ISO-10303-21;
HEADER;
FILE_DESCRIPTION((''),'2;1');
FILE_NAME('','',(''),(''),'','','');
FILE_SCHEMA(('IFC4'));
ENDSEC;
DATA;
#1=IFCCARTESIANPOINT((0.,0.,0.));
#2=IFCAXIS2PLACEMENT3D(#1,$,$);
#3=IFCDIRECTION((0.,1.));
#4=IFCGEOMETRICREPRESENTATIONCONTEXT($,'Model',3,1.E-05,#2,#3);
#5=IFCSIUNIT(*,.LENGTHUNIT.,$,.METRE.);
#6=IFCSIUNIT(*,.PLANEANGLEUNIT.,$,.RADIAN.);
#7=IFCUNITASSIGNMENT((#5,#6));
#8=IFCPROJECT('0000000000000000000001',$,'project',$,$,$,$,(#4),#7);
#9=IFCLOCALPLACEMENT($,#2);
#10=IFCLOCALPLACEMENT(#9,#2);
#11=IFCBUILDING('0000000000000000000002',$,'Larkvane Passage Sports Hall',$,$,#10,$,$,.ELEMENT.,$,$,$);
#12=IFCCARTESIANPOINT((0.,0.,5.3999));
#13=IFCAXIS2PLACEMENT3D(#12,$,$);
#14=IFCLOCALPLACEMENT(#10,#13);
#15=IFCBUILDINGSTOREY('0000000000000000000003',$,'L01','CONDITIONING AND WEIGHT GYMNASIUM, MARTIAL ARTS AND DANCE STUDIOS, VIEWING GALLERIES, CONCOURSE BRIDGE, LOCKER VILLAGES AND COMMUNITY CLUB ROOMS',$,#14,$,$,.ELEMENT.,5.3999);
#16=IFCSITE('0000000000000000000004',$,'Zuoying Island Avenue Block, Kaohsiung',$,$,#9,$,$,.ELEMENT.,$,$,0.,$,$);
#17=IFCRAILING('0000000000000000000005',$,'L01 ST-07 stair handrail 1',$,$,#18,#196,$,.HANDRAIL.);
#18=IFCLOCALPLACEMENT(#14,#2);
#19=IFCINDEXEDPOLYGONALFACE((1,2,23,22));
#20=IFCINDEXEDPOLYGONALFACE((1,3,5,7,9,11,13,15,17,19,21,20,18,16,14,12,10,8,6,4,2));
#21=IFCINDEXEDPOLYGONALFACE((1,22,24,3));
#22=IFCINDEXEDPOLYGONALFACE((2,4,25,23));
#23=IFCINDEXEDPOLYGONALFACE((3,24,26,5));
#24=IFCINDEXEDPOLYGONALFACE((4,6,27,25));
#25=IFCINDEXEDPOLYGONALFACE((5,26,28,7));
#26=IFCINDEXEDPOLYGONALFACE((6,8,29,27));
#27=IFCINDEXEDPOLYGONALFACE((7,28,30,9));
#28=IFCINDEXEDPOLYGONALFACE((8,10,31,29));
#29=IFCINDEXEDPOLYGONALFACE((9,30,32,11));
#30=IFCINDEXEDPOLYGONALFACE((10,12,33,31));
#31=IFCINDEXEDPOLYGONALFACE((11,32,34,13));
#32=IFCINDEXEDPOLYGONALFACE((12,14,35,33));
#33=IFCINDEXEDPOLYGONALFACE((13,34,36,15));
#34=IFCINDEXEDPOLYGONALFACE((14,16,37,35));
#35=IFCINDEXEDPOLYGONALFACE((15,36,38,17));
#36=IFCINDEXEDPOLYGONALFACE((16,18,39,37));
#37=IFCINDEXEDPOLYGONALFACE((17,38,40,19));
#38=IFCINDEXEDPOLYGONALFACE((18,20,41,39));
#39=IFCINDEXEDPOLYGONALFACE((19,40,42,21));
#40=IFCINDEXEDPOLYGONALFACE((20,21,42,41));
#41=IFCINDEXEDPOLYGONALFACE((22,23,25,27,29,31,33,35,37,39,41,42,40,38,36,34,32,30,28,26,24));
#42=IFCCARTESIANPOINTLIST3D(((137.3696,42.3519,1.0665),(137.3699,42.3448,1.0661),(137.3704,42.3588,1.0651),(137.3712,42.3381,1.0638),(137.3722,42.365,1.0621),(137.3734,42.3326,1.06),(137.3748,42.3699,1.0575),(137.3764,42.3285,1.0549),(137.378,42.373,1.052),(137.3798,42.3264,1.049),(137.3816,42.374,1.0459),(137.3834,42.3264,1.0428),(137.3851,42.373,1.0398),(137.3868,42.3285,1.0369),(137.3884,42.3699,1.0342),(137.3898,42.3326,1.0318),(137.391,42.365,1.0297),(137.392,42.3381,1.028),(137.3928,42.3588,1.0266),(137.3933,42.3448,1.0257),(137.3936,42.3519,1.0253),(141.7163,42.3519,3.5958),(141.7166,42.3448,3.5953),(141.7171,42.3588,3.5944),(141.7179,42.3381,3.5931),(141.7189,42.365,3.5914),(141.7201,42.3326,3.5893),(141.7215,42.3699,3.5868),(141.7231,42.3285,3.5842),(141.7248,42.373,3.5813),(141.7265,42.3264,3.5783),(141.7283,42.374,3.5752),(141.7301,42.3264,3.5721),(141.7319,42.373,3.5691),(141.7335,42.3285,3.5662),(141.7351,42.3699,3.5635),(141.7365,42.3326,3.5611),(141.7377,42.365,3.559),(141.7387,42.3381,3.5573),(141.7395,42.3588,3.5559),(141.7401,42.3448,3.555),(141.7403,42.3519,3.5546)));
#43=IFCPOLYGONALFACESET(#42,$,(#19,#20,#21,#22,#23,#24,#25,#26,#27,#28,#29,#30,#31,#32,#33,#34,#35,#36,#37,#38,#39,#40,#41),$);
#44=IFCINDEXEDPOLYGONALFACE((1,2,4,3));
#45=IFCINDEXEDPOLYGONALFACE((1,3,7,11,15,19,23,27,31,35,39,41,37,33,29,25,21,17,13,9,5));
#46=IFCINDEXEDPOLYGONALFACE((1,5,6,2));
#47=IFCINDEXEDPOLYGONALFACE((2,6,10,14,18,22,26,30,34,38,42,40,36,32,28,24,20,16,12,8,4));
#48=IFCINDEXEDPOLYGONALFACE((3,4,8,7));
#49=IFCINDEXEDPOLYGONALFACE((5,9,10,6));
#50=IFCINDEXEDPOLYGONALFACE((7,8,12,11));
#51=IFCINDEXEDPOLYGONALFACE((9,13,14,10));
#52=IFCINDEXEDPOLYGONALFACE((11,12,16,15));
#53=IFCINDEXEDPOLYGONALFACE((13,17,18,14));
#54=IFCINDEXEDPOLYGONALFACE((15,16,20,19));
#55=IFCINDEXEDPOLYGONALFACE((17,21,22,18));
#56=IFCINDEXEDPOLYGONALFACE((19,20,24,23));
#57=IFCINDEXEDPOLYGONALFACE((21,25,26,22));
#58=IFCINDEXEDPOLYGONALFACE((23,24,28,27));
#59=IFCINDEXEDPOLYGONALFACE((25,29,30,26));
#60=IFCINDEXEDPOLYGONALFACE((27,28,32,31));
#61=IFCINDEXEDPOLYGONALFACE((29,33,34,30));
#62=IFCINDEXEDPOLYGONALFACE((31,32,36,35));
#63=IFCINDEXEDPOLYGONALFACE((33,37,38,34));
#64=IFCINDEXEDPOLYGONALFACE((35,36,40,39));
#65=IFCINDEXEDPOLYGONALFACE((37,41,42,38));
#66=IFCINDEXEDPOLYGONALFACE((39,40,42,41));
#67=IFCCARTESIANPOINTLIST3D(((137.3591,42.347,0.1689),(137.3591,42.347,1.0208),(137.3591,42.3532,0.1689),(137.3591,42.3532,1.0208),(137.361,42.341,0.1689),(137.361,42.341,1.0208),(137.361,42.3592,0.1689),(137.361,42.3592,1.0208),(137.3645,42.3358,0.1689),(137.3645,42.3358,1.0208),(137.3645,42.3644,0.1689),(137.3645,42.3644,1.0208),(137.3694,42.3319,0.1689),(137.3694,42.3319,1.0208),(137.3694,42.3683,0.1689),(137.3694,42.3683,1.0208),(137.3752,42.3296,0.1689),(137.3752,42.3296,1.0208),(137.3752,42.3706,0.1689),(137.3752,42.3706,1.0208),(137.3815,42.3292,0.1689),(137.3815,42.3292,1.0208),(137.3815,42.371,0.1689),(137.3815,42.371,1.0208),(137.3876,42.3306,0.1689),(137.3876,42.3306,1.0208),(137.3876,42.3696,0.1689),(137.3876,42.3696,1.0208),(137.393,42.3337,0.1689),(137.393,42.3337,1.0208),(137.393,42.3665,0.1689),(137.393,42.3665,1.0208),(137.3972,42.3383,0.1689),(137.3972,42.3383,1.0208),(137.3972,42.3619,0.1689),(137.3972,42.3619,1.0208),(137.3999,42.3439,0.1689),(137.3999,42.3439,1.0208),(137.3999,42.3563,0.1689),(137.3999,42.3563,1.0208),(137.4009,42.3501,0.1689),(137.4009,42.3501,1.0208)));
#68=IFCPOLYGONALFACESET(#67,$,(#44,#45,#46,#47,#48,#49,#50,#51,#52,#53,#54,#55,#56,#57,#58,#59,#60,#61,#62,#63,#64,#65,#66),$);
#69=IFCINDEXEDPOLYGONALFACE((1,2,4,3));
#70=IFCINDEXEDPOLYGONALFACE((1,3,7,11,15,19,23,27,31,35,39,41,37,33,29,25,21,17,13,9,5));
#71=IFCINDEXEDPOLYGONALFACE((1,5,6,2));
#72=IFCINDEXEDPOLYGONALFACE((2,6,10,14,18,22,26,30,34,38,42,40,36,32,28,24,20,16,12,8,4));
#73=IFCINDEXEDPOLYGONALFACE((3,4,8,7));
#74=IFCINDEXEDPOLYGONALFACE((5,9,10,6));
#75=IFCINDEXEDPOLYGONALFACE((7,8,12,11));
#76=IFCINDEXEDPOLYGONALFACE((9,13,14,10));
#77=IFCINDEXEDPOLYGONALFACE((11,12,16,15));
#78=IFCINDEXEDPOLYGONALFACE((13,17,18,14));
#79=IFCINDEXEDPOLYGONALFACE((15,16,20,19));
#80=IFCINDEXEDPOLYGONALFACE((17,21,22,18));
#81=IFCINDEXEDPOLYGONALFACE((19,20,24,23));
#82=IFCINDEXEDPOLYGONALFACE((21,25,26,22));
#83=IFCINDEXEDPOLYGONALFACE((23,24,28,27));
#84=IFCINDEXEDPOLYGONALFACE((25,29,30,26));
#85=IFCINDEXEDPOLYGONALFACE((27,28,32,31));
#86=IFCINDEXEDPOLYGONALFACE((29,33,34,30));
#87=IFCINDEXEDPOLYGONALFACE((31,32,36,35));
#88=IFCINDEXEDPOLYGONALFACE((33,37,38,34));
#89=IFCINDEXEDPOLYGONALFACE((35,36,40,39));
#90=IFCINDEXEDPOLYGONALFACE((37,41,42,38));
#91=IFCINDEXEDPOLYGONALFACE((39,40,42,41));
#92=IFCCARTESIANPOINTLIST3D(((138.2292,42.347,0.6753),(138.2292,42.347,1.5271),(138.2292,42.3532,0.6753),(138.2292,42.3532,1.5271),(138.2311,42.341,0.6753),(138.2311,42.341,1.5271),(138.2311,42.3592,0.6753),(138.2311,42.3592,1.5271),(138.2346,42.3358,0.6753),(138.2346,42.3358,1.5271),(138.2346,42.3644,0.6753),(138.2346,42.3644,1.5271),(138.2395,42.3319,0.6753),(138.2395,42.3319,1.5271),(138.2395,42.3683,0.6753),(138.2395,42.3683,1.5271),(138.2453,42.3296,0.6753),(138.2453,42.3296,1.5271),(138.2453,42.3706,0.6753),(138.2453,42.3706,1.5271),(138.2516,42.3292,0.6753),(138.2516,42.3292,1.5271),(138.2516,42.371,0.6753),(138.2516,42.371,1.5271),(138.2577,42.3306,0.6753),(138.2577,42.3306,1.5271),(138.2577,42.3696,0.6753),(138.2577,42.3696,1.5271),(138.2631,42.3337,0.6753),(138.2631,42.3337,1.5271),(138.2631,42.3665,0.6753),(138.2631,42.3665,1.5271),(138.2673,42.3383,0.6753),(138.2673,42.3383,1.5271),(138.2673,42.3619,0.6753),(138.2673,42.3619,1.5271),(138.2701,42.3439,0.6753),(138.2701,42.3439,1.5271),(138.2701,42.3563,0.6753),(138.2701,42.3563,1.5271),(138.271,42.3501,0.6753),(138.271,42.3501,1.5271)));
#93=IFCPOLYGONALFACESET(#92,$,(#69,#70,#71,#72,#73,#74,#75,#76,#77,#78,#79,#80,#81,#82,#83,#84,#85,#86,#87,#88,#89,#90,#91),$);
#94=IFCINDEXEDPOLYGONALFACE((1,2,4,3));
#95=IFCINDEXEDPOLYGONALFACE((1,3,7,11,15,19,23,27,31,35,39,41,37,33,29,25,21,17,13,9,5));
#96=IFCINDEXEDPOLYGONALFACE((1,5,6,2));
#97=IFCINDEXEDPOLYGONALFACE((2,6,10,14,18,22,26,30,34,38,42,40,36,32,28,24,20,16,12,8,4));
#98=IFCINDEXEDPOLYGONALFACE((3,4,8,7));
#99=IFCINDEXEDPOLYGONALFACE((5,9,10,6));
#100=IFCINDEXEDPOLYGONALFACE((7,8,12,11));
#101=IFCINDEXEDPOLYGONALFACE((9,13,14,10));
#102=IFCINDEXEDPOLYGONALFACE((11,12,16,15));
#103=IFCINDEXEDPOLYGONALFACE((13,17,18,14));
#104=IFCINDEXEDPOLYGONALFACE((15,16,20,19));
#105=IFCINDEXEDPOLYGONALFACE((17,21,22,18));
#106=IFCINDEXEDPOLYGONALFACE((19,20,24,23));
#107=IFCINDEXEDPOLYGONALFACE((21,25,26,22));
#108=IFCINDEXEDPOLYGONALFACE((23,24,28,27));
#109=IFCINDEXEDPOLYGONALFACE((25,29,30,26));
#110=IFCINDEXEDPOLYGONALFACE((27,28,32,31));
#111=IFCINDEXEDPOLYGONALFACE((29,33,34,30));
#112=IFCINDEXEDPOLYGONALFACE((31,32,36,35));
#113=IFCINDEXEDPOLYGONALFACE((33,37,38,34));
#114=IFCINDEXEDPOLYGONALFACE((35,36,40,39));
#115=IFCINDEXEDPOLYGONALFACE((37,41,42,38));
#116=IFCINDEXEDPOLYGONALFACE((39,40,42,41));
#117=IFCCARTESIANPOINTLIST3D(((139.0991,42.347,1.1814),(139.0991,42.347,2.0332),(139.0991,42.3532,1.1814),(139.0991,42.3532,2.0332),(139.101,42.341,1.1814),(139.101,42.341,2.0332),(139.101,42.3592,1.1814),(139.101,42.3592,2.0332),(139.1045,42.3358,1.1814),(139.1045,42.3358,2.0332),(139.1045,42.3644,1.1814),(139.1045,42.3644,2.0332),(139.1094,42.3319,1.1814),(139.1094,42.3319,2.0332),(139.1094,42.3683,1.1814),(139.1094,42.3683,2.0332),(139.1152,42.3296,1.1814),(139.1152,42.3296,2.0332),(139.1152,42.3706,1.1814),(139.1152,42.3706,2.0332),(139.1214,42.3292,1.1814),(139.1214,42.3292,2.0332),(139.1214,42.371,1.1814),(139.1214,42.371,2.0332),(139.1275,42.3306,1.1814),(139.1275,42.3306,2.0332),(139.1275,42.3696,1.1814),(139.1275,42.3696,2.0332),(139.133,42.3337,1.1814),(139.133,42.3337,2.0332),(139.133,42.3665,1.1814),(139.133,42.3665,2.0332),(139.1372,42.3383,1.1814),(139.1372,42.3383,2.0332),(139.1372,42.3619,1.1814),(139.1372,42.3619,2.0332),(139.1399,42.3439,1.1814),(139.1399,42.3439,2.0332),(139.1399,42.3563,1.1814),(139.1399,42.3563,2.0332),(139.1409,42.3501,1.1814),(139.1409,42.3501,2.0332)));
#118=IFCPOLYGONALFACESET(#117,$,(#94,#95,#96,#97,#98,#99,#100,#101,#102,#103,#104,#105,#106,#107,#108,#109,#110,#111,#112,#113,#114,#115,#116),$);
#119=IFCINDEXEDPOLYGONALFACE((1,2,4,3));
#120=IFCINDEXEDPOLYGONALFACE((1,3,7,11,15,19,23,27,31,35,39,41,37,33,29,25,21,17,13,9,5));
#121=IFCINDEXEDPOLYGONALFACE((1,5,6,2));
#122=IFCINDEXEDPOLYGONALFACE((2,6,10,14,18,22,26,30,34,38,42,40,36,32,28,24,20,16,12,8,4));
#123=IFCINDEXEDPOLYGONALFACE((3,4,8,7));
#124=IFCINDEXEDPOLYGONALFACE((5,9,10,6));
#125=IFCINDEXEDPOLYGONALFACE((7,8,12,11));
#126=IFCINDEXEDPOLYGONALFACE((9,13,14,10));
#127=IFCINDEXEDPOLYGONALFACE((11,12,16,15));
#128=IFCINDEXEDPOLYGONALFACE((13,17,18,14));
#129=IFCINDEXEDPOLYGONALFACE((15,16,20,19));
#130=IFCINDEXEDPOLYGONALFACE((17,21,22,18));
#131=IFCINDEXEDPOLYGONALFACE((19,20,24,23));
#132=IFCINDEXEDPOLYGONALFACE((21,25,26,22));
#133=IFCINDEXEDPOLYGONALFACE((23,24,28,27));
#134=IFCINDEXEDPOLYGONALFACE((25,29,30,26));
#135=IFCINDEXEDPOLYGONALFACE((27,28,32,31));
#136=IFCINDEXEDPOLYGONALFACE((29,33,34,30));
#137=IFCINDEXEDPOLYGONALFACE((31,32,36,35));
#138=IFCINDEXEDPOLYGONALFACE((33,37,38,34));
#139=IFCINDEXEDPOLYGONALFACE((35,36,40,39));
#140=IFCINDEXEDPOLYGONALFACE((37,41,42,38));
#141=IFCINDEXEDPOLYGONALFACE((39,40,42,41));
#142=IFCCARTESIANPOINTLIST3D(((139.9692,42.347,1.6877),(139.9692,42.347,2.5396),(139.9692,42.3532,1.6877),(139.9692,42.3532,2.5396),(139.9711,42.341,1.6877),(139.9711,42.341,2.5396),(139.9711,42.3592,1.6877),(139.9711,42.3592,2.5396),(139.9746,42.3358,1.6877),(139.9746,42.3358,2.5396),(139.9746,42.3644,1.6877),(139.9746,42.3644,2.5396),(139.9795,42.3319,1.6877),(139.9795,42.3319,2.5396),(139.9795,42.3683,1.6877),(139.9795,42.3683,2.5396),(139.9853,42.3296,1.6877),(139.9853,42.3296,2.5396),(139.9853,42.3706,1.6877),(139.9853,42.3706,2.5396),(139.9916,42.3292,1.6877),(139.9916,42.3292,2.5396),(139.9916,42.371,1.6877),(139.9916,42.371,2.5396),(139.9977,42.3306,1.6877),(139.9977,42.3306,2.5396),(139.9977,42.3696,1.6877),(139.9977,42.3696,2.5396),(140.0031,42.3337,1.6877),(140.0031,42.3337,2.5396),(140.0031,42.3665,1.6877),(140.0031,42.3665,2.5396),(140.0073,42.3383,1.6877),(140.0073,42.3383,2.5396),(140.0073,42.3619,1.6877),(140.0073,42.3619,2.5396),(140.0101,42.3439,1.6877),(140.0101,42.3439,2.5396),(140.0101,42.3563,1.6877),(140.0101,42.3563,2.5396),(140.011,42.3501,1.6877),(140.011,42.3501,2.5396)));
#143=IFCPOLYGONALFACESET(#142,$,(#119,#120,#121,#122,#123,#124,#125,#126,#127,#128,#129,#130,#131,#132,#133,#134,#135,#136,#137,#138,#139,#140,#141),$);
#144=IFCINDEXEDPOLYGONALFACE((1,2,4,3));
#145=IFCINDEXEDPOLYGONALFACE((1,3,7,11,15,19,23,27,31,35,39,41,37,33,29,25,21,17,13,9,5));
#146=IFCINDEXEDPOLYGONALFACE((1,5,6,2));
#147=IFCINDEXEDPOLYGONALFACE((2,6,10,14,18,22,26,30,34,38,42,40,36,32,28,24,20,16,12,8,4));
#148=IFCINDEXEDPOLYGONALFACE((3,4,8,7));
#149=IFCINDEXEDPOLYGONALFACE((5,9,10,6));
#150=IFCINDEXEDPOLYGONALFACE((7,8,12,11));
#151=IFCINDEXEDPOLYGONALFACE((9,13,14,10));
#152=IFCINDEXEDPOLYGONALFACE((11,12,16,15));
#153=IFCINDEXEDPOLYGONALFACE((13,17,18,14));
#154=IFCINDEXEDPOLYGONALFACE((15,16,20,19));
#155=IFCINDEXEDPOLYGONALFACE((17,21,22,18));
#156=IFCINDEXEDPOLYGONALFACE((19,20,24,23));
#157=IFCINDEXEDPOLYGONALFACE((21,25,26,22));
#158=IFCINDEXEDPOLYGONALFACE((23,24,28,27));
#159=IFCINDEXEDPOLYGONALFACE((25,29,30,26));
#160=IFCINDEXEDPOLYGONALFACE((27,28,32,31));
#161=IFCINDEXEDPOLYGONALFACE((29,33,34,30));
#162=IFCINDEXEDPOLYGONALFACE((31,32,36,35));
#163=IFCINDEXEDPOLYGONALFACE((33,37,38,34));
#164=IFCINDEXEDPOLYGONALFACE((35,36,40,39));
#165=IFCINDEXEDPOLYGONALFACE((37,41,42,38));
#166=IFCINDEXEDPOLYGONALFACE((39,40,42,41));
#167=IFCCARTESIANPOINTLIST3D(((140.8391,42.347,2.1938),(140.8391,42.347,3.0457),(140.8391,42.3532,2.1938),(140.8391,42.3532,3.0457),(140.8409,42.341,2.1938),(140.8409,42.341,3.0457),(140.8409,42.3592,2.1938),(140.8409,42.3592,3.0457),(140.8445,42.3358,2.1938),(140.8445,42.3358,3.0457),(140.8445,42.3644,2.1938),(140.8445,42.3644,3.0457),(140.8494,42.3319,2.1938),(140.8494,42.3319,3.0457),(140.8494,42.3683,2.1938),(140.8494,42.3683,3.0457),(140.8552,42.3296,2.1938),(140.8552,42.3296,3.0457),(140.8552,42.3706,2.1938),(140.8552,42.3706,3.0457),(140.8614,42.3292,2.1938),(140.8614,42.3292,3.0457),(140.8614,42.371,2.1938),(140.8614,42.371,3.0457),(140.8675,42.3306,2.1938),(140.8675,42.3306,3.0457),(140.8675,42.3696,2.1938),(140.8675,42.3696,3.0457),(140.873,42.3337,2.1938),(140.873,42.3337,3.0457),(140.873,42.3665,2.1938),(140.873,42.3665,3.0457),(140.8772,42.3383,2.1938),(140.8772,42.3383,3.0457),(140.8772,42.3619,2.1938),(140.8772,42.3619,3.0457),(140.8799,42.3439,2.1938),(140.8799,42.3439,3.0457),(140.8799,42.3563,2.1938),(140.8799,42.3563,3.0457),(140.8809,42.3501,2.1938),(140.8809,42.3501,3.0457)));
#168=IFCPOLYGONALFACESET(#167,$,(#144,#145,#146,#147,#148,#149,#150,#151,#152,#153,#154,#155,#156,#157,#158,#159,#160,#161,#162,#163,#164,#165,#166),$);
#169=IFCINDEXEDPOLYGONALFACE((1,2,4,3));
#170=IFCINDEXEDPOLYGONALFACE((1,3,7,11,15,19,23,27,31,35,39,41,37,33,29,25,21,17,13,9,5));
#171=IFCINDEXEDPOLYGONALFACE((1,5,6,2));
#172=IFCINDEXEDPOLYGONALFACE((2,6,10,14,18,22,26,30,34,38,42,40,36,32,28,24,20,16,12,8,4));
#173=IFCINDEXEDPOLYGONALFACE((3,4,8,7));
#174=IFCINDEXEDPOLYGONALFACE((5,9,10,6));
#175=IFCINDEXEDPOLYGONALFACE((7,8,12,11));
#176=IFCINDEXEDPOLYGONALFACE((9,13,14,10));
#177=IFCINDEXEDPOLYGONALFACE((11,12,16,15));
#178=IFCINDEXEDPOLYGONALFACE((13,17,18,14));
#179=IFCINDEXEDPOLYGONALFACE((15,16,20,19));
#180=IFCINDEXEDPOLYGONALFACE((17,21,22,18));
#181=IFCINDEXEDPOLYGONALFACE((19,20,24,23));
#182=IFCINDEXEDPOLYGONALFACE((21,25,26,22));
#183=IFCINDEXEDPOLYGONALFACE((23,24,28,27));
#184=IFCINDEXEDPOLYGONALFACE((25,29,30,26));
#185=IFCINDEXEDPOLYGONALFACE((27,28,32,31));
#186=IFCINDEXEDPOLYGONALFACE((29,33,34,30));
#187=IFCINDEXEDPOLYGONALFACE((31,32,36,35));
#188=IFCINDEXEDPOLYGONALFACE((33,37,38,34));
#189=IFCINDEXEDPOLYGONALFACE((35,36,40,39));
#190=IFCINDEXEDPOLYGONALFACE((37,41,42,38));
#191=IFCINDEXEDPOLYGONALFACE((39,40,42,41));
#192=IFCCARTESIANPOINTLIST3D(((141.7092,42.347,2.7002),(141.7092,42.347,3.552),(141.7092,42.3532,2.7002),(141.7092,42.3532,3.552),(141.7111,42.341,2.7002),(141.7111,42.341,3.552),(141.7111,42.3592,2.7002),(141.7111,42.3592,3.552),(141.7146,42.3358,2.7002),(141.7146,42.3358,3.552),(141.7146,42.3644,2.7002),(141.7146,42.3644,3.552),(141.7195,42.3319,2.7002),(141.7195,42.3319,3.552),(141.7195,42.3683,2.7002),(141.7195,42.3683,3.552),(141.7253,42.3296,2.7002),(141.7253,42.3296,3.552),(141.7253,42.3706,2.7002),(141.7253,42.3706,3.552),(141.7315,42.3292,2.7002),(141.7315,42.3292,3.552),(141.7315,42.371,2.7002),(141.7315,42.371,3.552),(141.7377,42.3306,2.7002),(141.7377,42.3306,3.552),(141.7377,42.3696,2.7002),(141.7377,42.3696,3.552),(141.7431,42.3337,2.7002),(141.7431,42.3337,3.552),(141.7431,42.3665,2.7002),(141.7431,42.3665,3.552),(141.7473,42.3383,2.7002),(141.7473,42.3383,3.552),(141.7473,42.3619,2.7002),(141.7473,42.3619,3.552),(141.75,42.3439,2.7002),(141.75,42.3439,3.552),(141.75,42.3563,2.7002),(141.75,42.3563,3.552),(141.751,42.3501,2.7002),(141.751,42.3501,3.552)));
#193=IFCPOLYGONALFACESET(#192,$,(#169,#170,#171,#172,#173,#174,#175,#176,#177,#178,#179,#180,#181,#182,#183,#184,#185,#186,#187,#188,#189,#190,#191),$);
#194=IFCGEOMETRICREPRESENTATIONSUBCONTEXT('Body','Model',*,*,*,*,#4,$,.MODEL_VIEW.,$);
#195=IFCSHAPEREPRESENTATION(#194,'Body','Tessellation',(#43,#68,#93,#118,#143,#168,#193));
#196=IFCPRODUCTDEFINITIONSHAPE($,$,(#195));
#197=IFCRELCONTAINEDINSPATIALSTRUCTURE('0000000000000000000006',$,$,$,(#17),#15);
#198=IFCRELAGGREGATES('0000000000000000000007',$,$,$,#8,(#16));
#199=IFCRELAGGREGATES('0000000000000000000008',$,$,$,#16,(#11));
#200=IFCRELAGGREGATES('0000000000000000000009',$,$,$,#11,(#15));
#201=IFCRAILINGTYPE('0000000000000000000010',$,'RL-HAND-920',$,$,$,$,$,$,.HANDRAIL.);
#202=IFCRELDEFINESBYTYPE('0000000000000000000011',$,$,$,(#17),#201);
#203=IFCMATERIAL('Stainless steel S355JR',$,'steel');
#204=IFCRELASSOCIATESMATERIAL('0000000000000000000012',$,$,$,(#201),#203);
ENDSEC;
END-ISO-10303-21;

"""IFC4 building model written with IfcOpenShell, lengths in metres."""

from ifc_helpers import new_model, si_unit, direction, frame, origin, origin_2d, place, context, subcontext, project, spatial, circle, extrude, material, type_object, element, save


model = new_model("IFC4")

# Units and contexts
model_context = context("Model", 3, precision=1e-05, world=origin(), true_north=direction((0.0, 1.0)))
body_context = subcontext(model_context, "Body", "Model", "MODEL_VIEW")
ifc_project = project(units=[si_unit("LENGTHUNIT", "METRE"), si_unit("PLANEANGLEUNIT", "RADIAN")], contexts=[model_context])

# Site, building, storey
site_placement = place(None, origin())
site = spatial("IfcSite", under=ifc_project, at=site_placement, Name="Zuoying Island Avenue Block, Kaohsiung", CompositionType="ELEMENT", RefElevation=0.0)
building_placement = place(site_placement, origin())
building = spatial("IfcBuilding", under=site, at=building_placement, Name="Larkvane Passage Sports Hall", CompositionType="ELEMENT")
storey_placement = place(building_placement, frame((0.0, 0.0, 5.3999)))
storey = spatial("IfcBuildingStorey", under=building, at=storey_placement, Name="L01", Description="CONDITIONING AND WEIGHT GYMNASIUM, MARTIAL ARTS AND DANCE STUDIOS, VIEWING GALLERIES, CONCOURSE BRIDGE, LOCKER VILLAGES AND COMMUNITY CLUB ROOMS", CompositionType="ELEMENT", Elevation=5.3999)

# Railing
ifc_material_1 = material(Name="Stainless steel S355JR", Category="steel")
railing_type = type_object("IfcRailingType", Name="RL-HAND-920", PredefinedType="HANDRAIL", material=ifc_material_1)
railing_placement = place(storey_placement, frame((137.3799, 42.3501, 0.1689)))
element("IfcRailing", 1, at=railing_placement, inside=storey, type_object=railing_type, Name="L01 ST-07 stair handrail 1", PredefinedType="HANDRAIL", context=body_context, shape_type="SweptSolid", body=[
    extrude(circle(Radius=0.0239, at=origin_2d()), frame((0.0017, 0.0, 0.877), z_axis=(0.864324, 0.0, 0.502936), x_axis=(0.0, 1.0, 0.0)), (0.0, 0.0, 1.0), 5.0291),
    extrude(circle(Radius=0.021, at=origin_2d()), origin(), (0.0, 0.0, 1.0), 0.8518),
    extrude(circle(Radius=0.021, at=origin_2d()), frame((0.8701, 0.0, 0.5063)), (0.0, 0.0, 1.0), 0.8518),
    extrude(circle(Radius=0.021, at=origin_2d()), frame((1.74, 0.0, 1.0125)), (0.0, 0.0, 1.0), 0.8518),
    extrude(circle(Radius=0.021, at=origin_2d()), frame((2.6101, 0.0, 1.5188)), (0.0, 0.0, 1.0), 0.8518),
    extrude(circle(Radius=0.021, at=origin_2d()), frame((3.48, 0.0, 2.0249)), (0.0, 0.0, 1.0), 0.8518),
    extrude(circle(Radius=0.021, at=origin_2d()), frame((4.3501, 0.0, 2.5312)), (0.0, 0.0, 1.0), 0.8518),
])

save(model, "model.ifc")
